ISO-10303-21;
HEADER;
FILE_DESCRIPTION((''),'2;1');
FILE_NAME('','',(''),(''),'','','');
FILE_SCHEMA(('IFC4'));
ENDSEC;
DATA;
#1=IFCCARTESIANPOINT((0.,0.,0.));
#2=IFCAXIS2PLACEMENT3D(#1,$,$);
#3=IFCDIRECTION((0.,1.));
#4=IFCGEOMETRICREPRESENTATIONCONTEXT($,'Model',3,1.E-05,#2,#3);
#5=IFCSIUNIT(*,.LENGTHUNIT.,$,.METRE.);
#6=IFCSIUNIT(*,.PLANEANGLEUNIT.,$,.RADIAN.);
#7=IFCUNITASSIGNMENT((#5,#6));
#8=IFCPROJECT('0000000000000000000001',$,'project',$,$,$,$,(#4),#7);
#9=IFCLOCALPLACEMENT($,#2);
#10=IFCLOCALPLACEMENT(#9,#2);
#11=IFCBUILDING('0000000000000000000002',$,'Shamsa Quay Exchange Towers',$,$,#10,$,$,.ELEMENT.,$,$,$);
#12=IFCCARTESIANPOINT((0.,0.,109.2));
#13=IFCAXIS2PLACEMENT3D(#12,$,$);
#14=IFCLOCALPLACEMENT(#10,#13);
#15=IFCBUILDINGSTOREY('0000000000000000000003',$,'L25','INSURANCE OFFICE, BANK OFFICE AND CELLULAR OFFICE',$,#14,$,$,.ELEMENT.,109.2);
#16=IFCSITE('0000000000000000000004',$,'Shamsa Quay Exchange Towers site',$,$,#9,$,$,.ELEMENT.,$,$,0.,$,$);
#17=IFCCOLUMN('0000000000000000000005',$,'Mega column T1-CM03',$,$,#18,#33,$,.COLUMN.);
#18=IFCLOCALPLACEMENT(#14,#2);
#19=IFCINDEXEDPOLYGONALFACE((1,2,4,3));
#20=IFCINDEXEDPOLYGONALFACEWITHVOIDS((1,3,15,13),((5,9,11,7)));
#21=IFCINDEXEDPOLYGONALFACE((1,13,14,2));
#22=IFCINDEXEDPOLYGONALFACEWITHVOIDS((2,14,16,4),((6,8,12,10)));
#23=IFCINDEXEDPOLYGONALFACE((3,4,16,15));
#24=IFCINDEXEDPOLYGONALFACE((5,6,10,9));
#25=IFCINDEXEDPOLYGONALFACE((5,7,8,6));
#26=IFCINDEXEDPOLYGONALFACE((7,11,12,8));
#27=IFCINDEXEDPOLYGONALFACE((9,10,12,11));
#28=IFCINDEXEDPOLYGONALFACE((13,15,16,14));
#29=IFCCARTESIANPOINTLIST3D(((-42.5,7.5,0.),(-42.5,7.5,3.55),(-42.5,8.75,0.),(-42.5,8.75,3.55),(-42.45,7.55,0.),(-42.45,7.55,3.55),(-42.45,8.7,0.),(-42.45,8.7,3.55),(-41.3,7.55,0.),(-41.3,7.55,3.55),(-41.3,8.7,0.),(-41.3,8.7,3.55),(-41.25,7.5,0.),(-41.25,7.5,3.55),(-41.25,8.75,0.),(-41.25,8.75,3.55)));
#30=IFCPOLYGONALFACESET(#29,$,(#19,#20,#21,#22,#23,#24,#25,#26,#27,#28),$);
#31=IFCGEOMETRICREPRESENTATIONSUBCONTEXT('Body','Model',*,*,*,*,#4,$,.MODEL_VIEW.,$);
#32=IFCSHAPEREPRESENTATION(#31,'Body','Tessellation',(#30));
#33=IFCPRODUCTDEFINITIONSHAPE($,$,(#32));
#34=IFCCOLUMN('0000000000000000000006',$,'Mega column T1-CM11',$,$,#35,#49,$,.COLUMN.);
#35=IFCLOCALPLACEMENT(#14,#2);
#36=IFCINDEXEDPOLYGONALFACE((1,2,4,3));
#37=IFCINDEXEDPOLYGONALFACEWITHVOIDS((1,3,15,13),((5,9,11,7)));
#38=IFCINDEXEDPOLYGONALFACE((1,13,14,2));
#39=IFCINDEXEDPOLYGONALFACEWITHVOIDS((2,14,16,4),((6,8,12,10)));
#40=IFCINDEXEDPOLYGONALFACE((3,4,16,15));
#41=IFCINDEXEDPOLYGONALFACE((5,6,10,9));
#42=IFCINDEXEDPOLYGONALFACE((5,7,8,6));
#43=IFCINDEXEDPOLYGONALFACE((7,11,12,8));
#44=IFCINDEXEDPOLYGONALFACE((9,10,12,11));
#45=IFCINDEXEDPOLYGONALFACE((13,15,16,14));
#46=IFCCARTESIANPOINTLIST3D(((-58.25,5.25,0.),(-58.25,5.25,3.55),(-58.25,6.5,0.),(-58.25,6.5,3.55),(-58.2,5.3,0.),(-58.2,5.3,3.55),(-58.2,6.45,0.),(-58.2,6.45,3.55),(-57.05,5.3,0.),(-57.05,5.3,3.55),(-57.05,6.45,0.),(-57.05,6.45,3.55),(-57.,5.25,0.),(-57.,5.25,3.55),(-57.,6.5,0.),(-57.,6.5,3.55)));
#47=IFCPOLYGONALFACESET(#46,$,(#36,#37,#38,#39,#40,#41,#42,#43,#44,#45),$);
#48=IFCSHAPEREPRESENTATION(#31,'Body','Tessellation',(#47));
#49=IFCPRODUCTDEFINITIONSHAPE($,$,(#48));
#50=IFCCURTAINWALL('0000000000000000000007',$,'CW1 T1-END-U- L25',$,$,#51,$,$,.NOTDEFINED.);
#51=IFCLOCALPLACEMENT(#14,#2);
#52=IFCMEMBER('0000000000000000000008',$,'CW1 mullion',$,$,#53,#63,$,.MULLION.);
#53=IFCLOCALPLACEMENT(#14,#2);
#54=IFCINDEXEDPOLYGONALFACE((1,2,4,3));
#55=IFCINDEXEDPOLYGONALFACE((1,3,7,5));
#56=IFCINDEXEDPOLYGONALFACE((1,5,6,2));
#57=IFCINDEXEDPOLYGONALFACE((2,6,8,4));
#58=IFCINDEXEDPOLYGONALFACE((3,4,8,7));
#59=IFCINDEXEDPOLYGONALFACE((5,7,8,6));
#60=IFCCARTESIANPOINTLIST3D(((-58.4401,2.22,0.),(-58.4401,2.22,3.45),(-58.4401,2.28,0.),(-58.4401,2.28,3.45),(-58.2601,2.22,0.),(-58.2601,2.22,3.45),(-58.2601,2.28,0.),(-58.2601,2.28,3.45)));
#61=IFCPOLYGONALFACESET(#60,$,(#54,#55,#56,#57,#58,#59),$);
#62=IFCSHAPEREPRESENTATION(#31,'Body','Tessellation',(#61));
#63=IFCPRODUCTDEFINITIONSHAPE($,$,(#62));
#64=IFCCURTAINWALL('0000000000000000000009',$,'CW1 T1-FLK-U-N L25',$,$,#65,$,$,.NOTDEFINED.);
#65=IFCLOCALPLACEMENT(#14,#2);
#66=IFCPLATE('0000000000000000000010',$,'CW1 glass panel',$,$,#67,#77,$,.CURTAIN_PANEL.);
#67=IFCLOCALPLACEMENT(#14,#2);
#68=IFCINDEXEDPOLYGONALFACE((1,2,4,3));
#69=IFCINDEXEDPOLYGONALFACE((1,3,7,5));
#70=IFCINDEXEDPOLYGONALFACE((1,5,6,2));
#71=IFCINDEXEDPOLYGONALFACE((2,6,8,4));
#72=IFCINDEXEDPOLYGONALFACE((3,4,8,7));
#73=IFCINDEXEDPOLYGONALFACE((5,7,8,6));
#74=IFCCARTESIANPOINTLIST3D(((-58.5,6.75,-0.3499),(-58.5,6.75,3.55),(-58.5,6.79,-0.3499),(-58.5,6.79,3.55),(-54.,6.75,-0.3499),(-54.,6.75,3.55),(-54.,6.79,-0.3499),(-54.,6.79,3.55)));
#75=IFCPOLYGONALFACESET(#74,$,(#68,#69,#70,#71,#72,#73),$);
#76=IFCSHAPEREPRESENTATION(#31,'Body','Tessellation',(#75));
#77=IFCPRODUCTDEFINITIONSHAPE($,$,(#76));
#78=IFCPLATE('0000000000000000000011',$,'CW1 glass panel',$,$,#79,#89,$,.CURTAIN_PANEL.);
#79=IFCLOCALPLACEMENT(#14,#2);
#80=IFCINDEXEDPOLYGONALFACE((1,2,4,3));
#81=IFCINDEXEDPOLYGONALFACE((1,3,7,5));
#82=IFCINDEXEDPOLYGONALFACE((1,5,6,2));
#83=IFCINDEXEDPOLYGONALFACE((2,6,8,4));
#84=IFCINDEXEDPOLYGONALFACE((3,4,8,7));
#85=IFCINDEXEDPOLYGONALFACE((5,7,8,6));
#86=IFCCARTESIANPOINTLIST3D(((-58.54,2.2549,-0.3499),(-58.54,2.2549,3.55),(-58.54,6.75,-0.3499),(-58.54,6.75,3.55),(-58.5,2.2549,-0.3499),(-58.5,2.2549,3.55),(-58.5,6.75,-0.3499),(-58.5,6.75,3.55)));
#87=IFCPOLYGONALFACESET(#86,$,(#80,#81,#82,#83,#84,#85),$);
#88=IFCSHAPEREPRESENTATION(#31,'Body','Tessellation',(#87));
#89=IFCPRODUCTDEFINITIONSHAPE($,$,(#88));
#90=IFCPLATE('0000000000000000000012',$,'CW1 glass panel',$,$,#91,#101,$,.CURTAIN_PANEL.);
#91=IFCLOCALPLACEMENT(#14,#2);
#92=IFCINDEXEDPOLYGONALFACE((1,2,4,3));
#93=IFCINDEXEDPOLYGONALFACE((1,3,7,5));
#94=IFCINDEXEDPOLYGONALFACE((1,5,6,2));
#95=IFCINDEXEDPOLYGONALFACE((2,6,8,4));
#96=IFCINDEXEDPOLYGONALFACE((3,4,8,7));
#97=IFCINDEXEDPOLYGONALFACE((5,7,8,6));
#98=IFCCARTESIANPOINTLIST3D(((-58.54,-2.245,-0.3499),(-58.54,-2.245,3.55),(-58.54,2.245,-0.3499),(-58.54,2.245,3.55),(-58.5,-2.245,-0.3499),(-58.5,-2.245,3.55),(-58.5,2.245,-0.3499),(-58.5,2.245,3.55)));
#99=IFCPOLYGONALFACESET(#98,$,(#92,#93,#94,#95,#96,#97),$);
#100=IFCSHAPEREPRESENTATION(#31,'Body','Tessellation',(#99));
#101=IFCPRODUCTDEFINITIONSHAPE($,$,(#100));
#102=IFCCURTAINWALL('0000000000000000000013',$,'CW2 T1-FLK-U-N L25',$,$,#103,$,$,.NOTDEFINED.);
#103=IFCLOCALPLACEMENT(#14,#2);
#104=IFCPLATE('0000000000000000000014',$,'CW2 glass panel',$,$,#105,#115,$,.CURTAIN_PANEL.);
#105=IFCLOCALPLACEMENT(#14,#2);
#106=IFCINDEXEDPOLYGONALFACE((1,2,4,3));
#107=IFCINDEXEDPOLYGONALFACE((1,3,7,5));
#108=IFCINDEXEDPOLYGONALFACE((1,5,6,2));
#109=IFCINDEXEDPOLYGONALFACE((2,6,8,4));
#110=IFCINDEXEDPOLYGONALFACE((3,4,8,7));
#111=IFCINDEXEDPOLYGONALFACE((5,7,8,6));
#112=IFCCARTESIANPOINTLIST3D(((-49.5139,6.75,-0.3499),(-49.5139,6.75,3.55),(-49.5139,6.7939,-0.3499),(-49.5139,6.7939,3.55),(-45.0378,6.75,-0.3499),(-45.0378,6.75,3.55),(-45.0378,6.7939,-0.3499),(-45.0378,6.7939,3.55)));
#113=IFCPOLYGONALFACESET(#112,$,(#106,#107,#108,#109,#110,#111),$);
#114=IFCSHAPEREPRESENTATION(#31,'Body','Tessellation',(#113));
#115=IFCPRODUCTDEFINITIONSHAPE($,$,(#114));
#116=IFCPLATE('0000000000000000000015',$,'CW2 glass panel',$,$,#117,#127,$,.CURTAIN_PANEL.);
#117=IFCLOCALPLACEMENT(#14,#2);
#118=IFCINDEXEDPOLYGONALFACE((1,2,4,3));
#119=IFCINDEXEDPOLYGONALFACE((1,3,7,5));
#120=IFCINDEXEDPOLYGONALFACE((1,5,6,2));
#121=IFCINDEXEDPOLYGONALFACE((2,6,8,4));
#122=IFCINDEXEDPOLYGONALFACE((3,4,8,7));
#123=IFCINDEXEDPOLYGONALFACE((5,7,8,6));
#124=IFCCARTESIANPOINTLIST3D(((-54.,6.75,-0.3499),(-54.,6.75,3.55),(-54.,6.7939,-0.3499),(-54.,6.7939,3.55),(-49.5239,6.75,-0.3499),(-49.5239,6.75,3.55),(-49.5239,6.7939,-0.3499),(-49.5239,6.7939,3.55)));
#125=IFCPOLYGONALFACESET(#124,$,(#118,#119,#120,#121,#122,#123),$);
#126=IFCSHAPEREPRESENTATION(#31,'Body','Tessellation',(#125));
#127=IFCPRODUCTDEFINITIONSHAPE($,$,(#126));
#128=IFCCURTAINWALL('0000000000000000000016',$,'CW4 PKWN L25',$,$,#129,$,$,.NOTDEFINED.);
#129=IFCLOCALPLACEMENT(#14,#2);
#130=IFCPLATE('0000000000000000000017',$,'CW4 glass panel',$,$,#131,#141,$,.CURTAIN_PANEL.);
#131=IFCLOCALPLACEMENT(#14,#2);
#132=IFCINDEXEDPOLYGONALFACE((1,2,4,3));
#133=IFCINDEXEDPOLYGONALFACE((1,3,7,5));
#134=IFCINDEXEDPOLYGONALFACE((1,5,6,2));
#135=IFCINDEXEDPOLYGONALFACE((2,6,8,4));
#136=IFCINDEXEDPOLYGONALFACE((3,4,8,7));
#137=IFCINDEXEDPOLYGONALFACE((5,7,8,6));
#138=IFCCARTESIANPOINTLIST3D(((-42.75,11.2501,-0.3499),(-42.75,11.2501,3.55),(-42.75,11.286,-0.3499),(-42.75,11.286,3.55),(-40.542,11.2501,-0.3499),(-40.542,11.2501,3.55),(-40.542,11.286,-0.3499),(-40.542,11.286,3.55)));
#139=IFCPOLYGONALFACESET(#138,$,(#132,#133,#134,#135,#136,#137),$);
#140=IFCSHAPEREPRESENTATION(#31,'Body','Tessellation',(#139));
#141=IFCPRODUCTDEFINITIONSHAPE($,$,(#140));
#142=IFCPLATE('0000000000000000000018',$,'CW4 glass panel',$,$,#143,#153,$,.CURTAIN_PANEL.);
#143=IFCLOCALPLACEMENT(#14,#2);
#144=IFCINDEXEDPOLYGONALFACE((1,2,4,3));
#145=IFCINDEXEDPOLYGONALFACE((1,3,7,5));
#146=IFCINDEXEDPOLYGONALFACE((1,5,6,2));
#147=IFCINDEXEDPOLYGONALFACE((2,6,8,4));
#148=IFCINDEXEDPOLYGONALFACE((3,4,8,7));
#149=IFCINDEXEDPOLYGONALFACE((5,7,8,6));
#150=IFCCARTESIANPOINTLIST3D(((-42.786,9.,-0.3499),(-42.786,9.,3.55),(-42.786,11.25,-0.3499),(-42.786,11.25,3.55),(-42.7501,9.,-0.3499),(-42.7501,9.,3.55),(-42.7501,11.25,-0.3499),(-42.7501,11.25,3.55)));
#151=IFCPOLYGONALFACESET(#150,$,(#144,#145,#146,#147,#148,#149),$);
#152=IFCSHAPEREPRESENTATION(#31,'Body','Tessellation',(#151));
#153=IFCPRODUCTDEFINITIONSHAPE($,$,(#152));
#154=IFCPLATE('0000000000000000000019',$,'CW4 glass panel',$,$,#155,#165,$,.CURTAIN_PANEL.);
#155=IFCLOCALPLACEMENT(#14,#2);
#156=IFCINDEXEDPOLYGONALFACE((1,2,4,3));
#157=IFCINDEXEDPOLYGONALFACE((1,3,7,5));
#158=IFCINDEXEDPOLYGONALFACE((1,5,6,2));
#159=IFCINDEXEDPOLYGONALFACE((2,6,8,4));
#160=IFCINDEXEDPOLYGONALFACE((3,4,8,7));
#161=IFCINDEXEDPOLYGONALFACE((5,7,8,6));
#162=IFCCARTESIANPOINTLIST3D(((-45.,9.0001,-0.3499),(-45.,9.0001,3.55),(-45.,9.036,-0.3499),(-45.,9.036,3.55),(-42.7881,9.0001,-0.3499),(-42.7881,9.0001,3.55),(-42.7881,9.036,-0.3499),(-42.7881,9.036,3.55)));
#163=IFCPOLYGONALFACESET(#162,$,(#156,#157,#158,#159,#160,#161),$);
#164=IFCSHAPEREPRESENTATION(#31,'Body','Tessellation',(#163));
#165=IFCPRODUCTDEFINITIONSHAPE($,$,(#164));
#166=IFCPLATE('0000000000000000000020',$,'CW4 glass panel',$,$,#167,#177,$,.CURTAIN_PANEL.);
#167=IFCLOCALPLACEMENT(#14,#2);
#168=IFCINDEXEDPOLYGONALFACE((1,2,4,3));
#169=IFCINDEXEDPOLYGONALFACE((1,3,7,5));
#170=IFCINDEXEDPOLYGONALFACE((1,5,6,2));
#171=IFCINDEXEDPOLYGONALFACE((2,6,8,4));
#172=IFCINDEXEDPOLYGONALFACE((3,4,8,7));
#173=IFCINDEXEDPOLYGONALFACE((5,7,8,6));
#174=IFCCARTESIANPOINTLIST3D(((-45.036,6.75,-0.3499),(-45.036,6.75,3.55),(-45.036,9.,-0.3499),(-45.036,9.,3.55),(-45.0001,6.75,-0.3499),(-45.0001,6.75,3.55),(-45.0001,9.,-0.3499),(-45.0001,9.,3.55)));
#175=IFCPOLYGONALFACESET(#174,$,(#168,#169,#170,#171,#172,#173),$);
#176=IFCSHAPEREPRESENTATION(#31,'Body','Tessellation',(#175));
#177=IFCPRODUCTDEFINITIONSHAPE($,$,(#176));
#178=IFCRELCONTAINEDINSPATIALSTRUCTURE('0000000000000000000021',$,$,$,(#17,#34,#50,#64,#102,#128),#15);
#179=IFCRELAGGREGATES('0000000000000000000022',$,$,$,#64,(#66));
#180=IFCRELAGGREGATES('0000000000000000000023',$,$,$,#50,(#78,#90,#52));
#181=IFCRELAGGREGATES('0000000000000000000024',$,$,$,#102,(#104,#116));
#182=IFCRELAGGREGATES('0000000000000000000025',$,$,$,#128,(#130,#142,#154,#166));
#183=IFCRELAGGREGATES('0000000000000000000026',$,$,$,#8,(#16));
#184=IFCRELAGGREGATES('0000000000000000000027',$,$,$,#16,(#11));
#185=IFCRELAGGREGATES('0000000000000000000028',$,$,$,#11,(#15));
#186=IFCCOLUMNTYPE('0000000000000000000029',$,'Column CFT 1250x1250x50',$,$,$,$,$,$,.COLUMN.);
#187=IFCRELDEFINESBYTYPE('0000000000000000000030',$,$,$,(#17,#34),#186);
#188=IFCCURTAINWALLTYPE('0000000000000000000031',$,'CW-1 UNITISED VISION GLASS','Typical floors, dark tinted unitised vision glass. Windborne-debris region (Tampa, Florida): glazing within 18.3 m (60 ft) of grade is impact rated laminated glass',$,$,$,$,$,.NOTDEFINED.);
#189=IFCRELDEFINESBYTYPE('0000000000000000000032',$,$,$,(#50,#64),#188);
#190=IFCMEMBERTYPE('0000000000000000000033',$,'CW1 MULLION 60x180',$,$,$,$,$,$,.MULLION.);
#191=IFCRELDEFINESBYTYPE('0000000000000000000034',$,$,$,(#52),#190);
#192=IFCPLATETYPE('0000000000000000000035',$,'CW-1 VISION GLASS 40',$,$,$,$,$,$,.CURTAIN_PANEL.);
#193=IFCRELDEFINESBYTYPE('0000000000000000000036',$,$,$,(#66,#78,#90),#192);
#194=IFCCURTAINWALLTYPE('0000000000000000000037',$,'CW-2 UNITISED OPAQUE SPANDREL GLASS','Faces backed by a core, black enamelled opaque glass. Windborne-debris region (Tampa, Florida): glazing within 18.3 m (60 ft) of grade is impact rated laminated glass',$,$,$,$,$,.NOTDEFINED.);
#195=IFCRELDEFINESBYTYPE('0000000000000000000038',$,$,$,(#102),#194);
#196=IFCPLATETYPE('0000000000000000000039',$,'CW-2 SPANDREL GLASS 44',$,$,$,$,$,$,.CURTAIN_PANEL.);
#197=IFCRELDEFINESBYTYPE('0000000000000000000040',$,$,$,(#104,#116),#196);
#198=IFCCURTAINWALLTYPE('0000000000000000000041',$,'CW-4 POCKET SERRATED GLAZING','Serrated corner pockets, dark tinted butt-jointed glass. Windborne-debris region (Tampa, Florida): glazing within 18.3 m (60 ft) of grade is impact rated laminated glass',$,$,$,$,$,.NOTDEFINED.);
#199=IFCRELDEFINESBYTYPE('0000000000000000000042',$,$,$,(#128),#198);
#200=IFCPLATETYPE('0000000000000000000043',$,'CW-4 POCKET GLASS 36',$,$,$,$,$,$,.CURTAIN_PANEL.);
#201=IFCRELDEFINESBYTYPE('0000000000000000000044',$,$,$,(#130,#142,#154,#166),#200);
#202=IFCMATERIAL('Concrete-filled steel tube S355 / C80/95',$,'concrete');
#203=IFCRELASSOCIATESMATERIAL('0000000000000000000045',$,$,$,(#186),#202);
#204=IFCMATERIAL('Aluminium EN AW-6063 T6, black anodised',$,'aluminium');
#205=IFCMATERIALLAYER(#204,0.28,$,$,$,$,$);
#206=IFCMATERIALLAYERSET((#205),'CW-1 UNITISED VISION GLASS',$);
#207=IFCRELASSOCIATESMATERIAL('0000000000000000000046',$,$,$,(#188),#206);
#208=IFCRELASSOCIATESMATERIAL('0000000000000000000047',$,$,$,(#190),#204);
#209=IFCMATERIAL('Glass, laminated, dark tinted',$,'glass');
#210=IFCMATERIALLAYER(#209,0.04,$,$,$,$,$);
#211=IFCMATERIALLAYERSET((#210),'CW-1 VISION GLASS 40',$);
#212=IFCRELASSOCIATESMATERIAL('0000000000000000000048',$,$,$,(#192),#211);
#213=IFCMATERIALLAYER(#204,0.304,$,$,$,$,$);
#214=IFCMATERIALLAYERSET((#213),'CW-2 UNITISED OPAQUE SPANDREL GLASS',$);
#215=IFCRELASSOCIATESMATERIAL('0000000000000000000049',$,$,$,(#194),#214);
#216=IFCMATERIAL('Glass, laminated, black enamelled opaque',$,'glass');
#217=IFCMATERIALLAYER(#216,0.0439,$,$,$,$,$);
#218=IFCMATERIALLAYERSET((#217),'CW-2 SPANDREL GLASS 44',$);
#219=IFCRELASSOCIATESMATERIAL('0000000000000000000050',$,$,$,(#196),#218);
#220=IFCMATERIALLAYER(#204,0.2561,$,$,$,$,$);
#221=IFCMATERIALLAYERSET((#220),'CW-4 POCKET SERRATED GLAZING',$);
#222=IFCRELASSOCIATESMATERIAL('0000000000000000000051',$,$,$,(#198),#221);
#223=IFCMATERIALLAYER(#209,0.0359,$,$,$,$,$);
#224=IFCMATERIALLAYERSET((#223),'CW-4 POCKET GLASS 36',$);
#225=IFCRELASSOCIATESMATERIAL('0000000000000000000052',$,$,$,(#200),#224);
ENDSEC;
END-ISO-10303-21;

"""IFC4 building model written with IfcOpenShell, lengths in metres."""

from ifc_helpers import new_model, si_unit, direction, frame, origin, origin_2d, place, context, subcontext, project, spatial, rectangle, hollow_rectangle, extrude, material, layer, layer_set, material_profile, profile_set, type_object, element, aggregate, save


model = new_model("IFC4")

# Units and contexts
model_context = context("Model", 3, precision=1e-05, world=origin(), true_north=direction((0.0, 1.0)))
body_context = subcontext(model_context, "Body", "Model", "MODEL_VIEW")
ifc_project = project(units=[si_unit("LENGTHUNIT", "METRE"), si_unit("PLANEANGLEUNIT", "RADIAN")], contexts=[model_context])

# Site, building, storey
site_placement = place(None, origin())
site = spatial("IfcSite", under=ifc_project, at=site_placement, Name="Shamsa Quay Exchange Towers site", CompositionType="ELEMENT", RefElevation=0.0)
building_placement = place(site_placement, origin())
building = spatial("IfcBuilding", under=site, at=building_placement, Name="Shamsa Quay Exchange Towers", CompositionType="ELEMENT")
storey_placement = place(building_placement, frame((0.0, 0.0, 109.2)))
storey = spatial("IfcBuildingStorey", under=building, at=storey_placement, Name="L25", Description="INSURANCE OFFICE, BANK OFFICE AND CELLULAR OFFICE", CompositionType="ELEMENT", Elevation=109.2)

# Columns
ifc_material_1 = material(Name="Concrete-filled steel tube S355 / C80/95", Category="concrete")
ifc_material_profile_1 = material_profile(ifc_material_1, hollow_rectangle(XDim=1.25, YDim=1.25, WallThickness=0.05, at=origin_2d()), Name="CFT 1250x1250x50")
ifc_profile_set_1 = profile_set([ifc_material_profile_1], Name="Concrete-filled steel tube S355 / C80/95")
column_type = type_object("IfcColumnType", Name="Column CFT 1250x1250x50", PredefinedType="COLUMN", material=ifc_profile_set_1)
for number, where, name in (
    (1, (-41.875, 8.125, 0.0), "Mega column T1-CM03"),
    (2, (-57.625, 5.875, 0.0), "Mega column T1-CM11"),
):
    element("IfcColumn", number, at=place(storey_placement, frame(where)), inside=storey, type_object=column_type, Name=name, PredefinedType="COLUMN", context=body_context, shape_type="SweptSolid", body=[
        extrude(hollow_rectangle(XDim=1.25, YDim=1.25, WallThickness=0.05, at=origin_2d()), origin(), (0.0, 0.0, 1.0), 3.55),
    ])

# Curtain wall, member
ifc_material_2 = material(Name="Aluminium EN AW-6063 T6, black anodised", Category="aluminium")
ifc_layer_1 = layer(ifc_material_2, 0.28)
ifc_layer_set_1 = layer_set([ifc_layer_1], Name="CW-1 UNITISED VISION GLASS")
curtain_wall_type_1 = type_object("IfcCurtainWallType", Name="CW-1 UNITISED VISION GLASS", Description="Typical floors, dark tinted unitised vision glass. Windborne-debris region (Tampa, Florida): glazing within 18.3 m (60 ft) of grade is impact rated laminated glass", PredefinedType="NOTDEFINED", material=ifc_layer_set_1)
curtain_wall_1_placement = place(storey_placement, origin())
curtain_wall_1 = element("IfcCurtainWall", 3, at=curtain_wall_1_placement, inside=storey, type_object=curtain_wall_type_1, Name="CW1 T1-END-U- L25", PredefinedType="NOTDEFINED")
ifc_material_profile_2 = material_profile(ifc_material_2, rectangle(XDim=0.1799, YDim=0.0601, at=origin_2d()), Name="MU60x180")
ifc_profile_set_2 = profile_set([ifc_material_profile_2], Name="Aluminium EN AW-6063 T6, black anodised")
member_type = type_object("IfcMemberType", Name="CW1 MULLION 60x180", PredefinedType="MULLION", material=ifc_profile_set_2)
member_placement = place(storey_placement, frame((-58.3501, 2.25, 0.0)))
member = element("IfcMember", 4, at=member_placement, type_object=member_type, Name="CW1 mullion", PredefinedType="MULLION", context=body_context, shape_type="SweptSolid", body=[
    extrude(rectangle(XDim=0.1799, YDim=0.0601, at=origin_2d()), origin(), (0.0, 0.0, 1.0), 3.45),
])

# Curtain wall, plate
curtain_wall_2_placement = place(storey_placement, origin())
curtain_wall_2 = element("IfcCurtainWall", 5, at=curtain_wall_2_placement, inside=storey, type_object=curtain_wall_type_1, Name="CW1 T1-FLK-U-N L25", PredefinedType="NOTDEFINED")
ifc_material_3 = material(Name="Glass, laminated, dark tinted", Category="glass")
ifc_layer_2 = layer(ifc_material_3, 0.04)
ifc_layer_set_2 = layer_set([ifc_layer_2], Name="CW-1 VISION GLASS 40")
plate_type_1 = type_object("IfcPlateType", Name="CW-1 VISION GLASS 40", PredefinedType="CURTAIN_PANEL", material=ifc_layer_set_2)
plate_1_placement = place(storey_placement, frame((-56.25, 6.77, -0.3499), z_axis=(0.0, 0.0, 1.0), x_axis=(-1.0, 0.0, 0.0)))
plate_1 = element("IfcPlate", 6, at=plate_1_placement, type_object=plate_type_1, Name="CW1 glass panel", PredefinedType="CURTAIN_PANEL", context=body_context, shape_type="SweptSolid", body=[
    extrude(rectangle(XDim=4.5, YDim=0.04, at=origin_2d()), origin(), (0.0, 0.0, 1.0), 3.8999),
])
aggregate(curtain_wall_2, [plate_1])

# Plates
plate_2_placement = place(storey_placement, frame((-58.52, 4.5024, -0.3499), z_axis=(0.0, 0.0, 1.0), x_axis=(0.0, -1.0, 0.0)))
plate_2 = element("IfcPlate", 7, at=plate_2_placement, type_object=plate_type_1, Name="CW1 glass panel", PredefinedType="CURTAIN_PANEL", context=body_context, shape_type="SweptSolid", body=[
    extrude(rectangle(XDim=4.4951, YDim=0.04, at=origin_2d()), origin(), (0.0, 0.0, 1.0), 3.8999),
])
plate_3_placement = place(storey_placement, frame((-58.52, 0.0, -0.3499), z_axis=(0.0, 0.0, 1.0), x_axis=(0.0, -1.0, 0.0)))
plate_3 = element("IfcPlate", 8, at=plate_3_placement, type_object=plate_type_1, Name="CW1 glass panel", PredefinedType="CURTAIN_PANEL", context=body_context, shape_type="SweptSolid", body=[
    extrude(rectangle(XDim=4.49, YDim=0.04, at=origin_2d()), origin(), (0.0, 0.0, 1.0), 3.8999),
])
aggregate(curtain_wall_1, [plate_2, plate_3, member])

# Curtain walls, plates
ifc_layer_3 = layer(ifc_material_2, 0.304)
ifc_layer_set_3 = layer_set([ifc_layer_3], Name="CW-2 UNITISED OPAQUE SPANDREL GLASS")
curtain_wall_type_2 = type_object("IfcCurtainWallType", Name="CW-2 UNITISED OPAQUE SPANDREL GLASS", Description="Faces backed by a core, black enamelled opaque glass. Windborne-debris region (Tampa, Florida): glazing within 18.3 m (60 ft) of grade is impact rated laminated glass", PredefinedType="NOTDEFINED", material=ifc_layer_set_3)
curtain_wall_3_placement = place(storey_placement, origin())
curtain_wall_3 = element("IfcCurtainWall", 9, at=curtain_wall_3_placement, inside=storey, type_object=curtain_wall_type_2, Name="CW2 T1-FLK-U-N L25", PredefinedType="NOTDEFINED")
ifc_material_4 = material(Name="Glass, laminated, black enamelled opaque", Category="glass")
ifc_layer_4 = layer(ifc_material_4, 0.0439)
ifc_layer_set_4 = layer_set([ifc_layer_4], Name="CW-2 SPANDREL GLASS 44")
plate_type_2 = type_object("IfcPlateType", Name="CW-2 SPANDREL GLASS 44", PredefinedType="CURTAIN_PANEL", material=ifc_layer_set_4)
plate_4_placement = place(storey_placement, frame((-47.2759, 6.772, -0.3499), z_axis=(0.0, 0.0, 1.0), x_axis=(-1.0, 0.0, 0.0)))
plate_4 = element("IfcPlate", 10, at=plate_4_placement, type_object=plate_type_2, Name="CW2 glass panel", PredefinedType="CURTAIN_PANEL", context=body_context, shape_type="SweptSolid", body=[
    extrude(rectangle(XDim=4.4761, YDim=0.0439, at=origin_2d()), origin(), (0.0, 0.0, 1.0), 3.8999),
])
plate_5_placement = place(storey_placement, frame((-51.762, 6.772, -0.3499), z_axis=(0.0, 0.0, 1.0), x_axis=(-1.0, 0.0, 0.0)))
plate_5 = element("IfcPlate", 11, at=plate_5_placement, type_object=plate_type_2, Name="CW2 glass panel", PredefinedType="CURTAIN_PANEL", context=body_context, shape_type="SweptSolid", body=[
    extrude(rectangle(XDim=4.4761, YDim=0.0439, at=origin_2d()), origin(), (0.0, 0.0, 1.0), 3.8999),
])
aggregate(curtain_wall_3, [plate_4, plate_5])
ifc_layer_5 = layer(ifc_material_2, 0.2561)
ifc_layer_set_5 = layer_set([ifc_layer_5], Name="CW-4 POCKET SERRATED GLAZING")
curtain_wall_type_3 = type_object("IfcCurtainWallType", Name="CW-4 POCKET SERRATED GLAZING", Description="Serrated corner pockets, dark tinted butt-jointed glass. Windborne-debris region (Tampa, Florida): glazing within 18.3 m (60 ft) of grade is impact rated laminated glass", PredefinedType="NOTDEFINED", material=ifc_layer_set_5)
curtain_wall_4_placement = place(storey_placement, origin())
curtain_wall_4 = element("IfcCurtainWall", 12, at=curtain_wall_4_placement, inside=storey, type_object=curtain_wall_type_3, Name="CW4 PKWN L25", PredefinedType="NOTDEFINED")
ifc_layer_6 = layer(ifc_material_3, 0.0359)
ifc_layer_set_6 = layer_set([ifc_layer_6], Name="CW-4 POCKET GLASS 36")
plate_type_3 = type_object("IfcPlateType", Name="CW-4 POCKET GLASS 36", PredefinedType="CURTAIN_PANEL", material=ifc_layer_set_6)
plate_6_placement = place(storey_placement, frame((-41.646, 11.2681, -0.3499), z_axis=(0.0, 0.0, 1.0), x_axis=(-1.0, 0.0, 0.0)))
plate_6 = element("IfcPlate", 13, at=plate_6_placement, type_object=plate_type_3, Name="CW4 glass panel", PredefinedType="CURTAIN_PANEL", context=body_context, shape_type="SweptSolid", body=[
    extrude(rectangle(XDim=2.208, YDim=0.0359, at=origin_2d()), origin(), (0.0, 0.0, 1.0), 3.8999),
])
plate_7_placement = place(storey_placement, frame((-42.7681, 10.125, -0.3499), z_axis=(0.0, 0.0, 1.0), x_axis=(0.0, -1.0, 0.0)))
plate_7 = element("IfcPlate", 14, at=plate_7_placement, type_object=plate_type_3, Name="CW4 glass panel", PredefinedType="CURTAIN_PANEL", context=body_context, shape_type="SweptSolid", body=[
    extrude(rectangle(XDim=2.25, YDim=0.0359, at=origin_2d()), origin(), (0.0, 0.0, 1.0), 3.8999),
])
plate_8_placement = place(storey_placement, frame((-43.894, 9.0181, -0.3499), z_axis=(0.0, 0.0, 1.0), x_axis=(-1.0, 0.0, 0.0)))
plate_8 = element("IfcPlate", 15, at=plate_8_placement, type_object=plate_type_3, Name="CW4 glass panel", PredefinedType="CURTAIN_PANEL", context=body_context, shape_type="SweptSolid", body=[
    extrude(rectangle(XDim=2.2119, YDim=0.0359, at=origin_2d()), origin(), (0.0, 0.0, 1.0), 3.8999),
])
plate_9_placement = place(storey_placement, frame((-45.0181, 7.875, -0.3499), z_axis=(0.0, 0.0, 1.0), x_axis=(0.0, -1.0, 0.0)))
plate_9 = element("IfcPlate", 16, at=plate_9_placement, type_object=plate_type_3, Name="CW4 glass panel", PredefinedType="CURTAIN_PANEL", context=body_context, shape_type="SweptSolid", body=[
    extrude(rectangle(XDim=2.25, YDim=0.0359, at=origin_2d()), origin(), (0.0, 0.0, 1.0), 3.8999),
])
aggregate(curtain_wall_4, [plate_6, plate_7, plate_8, plate_9])

save(model, "model.ifc")
